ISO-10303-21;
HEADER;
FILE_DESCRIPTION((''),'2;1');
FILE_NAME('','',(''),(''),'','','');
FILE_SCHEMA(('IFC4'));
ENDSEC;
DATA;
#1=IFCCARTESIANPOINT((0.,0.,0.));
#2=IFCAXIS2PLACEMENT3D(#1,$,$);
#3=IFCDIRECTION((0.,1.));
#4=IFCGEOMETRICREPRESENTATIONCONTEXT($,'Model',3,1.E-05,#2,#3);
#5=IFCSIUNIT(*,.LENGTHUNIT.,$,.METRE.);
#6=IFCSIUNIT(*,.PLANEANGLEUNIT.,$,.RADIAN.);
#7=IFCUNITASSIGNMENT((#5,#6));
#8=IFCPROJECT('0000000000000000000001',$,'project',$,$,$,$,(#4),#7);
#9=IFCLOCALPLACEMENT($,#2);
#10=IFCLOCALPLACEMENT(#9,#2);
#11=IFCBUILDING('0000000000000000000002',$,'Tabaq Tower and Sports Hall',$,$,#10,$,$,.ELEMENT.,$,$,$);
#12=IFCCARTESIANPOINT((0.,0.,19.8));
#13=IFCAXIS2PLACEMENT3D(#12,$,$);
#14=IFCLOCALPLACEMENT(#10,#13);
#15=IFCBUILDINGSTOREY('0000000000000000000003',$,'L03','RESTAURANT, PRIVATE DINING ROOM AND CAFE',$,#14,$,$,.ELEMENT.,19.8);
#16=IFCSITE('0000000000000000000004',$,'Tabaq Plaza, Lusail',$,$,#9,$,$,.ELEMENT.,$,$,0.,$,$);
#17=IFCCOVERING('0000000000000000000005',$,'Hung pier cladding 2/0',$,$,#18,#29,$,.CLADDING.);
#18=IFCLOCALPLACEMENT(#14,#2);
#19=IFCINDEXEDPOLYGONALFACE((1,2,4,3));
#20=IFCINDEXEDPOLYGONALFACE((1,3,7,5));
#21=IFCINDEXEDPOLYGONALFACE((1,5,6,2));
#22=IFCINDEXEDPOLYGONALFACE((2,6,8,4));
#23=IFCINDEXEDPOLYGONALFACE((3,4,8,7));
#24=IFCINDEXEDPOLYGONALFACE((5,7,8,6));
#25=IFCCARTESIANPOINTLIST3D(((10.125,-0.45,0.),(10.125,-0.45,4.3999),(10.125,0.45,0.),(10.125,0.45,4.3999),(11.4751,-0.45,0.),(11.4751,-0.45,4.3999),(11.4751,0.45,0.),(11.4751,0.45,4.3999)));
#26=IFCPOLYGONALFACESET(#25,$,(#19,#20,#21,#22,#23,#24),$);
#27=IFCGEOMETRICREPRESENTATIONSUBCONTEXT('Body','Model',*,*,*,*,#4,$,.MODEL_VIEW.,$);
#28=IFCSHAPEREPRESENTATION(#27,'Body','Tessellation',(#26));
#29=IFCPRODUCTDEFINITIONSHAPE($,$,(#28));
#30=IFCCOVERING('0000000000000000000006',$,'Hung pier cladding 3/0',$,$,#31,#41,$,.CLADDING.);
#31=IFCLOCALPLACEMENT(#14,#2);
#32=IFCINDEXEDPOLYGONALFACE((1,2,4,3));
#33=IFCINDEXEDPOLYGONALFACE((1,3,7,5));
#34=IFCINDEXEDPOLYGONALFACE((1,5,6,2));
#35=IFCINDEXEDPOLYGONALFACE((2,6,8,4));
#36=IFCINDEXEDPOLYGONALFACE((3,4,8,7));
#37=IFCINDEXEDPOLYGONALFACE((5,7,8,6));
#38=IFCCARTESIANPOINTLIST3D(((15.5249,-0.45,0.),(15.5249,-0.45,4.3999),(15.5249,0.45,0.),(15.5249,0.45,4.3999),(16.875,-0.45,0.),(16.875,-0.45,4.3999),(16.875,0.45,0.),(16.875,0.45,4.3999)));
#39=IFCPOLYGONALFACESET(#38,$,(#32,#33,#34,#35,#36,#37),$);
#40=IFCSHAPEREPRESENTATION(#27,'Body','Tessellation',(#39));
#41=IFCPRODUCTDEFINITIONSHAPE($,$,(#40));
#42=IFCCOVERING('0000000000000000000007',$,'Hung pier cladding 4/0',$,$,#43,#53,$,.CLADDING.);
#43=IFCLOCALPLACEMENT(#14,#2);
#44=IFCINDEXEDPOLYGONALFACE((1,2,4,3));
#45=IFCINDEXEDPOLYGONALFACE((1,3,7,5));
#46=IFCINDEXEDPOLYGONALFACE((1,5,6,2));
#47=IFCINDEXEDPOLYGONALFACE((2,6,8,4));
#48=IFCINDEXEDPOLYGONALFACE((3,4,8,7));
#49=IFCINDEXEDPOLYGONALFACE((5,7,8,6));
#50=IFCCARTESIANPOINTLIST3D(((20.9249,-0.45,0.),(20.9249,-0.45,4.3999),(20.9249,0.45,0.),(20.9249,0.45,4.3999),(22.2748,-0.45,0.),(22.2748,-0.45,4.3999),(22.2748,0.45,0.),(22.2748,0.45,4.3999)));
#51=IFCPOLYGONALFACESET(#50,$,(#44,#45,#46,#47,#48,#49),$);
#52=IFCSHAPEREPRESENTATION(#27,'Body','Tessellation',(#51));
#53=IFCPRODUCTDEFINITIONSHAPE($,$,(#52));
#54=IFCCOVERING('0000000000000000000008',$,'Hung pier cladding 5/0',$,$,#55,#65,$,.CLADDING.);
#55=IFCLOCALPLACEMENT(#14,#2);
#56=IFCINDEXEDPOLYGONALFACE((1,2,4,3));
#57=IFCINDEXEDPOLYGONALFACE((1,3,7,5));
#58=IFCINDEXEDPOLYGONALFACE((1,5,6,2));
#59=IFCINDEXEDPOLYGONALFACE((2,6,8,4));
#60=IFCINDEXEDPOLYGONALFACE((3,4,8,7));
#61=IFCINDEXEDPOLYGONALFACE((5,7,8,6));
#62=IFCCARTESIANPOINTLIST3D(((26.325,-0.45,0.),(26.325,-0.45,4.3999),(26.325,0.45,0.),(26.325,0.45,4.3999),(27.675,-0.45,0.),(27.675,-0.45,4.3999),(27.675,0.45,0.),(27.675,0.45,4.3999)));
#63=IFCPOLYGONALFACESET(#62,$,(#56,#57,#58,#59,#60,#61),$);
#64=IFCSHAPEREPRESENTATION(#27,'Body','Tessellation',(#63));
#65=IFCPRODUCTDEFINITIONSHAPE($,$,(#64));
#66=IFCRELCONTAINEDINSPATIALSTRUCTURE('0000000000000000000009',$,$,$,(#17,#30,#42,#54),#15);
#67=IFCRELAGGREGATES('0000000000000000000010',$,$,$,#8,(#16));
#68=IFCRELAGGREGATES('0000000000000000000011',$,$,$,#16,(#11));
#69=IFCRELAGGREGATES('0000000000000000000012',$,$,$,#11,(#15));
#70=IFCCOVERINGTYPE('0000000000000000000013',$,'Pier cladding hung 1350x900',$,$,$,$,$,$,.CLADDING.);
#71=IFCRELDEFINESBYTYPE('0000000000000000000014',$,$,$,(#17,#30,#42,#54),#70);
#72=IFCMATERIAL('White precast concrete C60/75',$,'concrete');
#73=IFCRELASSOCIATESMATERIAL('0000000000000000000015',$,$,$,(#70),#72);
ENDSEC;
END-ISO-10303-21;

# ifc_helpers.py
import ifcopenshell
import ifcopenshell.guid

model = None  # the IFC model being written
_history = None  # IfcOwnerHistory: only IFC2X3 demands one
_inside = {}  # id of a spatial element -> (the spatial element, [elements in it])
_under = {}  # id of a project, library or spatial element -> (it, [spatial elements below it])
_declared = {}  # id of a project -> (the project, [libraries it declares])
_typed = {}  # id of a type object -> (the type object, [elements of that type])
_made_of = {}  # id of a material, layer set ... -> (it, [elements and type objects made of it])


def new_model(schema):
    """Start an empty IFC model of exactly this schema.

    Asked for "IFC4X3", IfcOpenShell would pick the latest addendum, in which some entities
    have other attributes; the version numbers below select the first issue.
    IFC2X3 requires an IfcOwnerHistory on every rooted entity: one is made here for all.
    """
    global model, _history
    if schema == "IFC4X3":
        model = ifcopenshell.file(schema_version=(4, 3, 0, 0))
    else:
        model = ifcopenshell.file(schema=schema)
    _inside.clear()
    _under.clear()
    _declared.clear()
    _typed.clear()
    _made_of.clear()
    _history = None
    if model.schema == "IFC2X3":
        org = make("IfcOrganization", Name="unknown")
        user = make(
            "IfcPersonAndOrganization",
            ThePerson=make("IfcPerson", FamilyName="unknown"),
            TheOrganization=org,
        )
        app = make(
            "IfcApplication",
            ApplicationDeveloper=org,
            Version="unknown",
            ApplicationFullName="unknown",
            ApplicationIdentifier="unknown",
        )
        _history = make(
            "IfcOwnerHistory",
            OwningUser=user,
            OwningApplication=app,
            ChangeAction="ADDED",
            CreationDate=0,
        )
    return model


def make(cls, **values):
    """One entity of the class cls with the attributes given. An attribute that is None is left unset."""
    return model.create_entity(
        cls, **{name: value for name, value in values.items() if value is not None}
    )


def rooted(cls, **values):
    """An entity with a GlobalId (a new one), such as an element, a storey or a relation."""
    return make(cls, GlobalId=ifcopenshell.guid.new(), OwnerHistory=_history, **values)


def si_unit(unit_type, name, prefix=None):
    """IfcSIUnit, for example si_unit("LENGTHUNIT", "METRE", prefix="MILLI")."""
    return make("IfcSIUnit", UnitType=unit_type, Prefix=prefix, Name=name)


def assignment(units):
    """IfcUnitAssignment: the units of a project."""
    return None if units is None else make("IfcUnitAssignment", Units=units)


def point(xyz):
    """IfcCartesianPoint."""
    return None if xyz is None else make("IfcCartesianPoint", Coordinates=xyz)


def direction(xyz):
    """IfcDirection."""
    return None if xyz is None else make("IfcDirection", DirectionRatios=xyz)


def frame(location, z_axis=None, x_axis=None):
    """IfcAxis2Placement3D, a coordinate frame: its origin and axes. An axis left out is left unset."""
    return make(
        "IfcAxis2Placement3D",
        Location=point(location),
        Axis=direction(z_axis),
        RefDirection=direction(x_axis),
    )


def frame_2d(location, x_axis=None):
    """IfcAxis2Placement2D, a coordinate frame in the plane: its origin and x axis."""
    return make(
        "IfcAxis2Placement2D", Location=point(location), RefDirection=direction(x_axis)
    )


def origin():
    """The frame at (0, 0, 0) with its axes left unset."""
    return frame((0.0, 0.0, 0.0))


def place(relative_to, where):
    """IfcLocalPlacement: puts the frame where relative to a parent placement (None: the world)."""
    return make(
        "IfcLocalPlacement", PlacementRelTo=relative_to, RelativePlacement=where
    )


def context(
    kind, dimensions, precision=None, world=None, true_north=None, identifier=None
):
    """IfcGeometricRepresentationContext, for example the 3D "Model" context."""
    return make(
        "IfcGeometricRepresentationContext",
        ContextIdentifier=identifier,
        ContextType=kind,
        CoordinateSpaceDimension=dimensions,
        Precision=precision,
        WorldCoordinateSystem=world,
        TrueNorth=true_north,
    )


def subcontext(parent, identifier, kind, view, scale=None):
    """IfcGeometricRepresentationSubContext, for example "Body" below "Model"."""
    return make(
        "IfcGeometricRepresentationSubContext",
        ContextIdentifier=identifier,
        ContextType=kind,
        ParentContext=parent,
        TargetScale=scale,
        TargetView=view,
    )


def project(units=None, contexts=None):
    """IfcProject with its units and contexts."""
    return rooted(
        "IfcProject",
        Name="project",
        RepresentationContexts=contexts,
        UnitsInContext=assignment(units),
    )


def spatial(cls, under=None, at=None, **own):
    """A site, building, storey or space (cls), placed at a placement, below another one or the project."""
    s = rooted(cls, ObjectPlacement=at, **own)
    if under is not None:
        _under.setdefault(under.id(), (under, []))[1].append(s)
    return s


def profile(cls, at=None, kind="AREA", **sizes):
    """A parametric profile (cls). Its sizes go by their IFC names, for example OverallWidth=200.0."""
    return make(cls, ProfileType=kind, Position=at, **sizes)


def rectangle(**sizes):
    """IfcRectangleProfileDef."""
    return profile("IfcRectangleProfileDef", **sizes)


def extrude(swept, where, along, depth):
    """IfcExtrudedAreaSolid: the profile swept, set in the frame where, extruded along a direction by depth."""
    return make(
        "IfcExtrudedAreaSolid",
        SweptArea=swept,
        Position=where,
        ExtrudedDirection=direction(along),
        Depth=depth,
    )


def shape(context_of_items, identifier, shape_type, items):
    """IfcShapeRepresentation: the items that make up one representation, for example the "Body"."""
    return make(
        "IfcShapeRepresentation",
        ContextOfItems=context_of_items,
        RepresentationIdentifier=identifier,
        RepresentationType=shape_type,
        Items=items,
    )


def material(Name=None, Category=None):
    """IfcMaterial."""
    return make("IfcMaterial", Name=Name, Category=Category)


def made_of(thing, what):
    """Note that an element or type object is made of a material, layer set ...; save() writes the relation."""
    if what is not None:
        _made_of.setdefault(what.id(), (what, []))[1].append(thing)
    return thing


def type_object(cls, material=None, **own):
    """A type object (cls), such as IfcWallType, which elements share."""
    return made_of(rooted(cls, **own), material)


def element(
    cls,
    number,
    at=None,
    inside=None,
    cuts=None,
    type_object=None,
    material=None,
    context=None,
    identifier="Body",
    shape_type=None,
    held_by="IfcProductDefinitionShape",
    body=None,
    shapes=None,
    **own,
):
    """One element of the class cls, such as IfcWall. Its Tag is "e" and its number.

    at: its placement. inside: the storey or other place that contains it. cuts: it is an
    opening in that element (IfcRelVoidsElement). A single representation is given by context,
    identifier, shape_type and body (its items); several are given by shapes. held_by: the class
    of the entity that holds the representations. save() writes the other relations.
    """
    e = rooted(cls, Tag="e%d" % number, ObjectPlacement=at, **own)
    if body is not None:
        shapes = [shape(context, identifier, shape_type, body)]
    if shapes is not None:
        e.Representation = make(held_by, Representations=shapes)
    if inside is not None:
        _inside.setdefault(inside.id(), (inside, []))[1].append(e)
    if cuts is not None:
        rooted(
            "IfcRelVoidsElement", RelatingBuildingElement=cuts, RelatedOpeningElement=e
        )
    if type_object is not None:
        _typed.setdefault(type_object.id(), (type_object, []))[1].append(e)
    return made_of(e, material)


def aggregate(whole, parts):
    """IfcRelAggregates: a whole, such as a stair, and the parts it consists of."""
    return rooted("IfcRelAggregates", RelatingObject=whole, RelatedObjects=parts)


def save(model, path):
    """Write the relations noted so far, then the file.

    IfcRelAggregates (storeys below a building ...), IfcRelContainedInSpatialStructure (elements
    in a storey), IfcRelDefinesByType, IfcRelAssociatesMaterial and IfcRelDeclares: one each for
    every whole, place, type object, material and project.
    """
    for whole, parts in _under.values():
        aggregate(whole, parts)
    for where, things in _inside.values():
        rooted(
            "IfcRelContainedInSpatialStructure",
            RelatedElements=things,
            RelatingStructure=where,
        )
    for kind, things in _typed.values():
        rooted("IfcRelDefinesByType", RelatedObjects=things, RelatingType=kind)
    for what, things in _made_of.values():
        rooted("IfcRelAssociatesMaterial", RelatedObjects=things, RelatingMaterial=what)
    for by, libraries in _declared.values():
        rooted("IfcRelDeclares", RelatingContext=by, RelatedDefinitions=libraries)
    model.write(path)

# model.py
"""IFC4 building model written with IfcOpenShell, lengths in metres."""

from ifc_helpers import new_model, si_unit, direction, frame, frame_2d, origin, place, context, subcontext, project, spatial, rectangle, extrude, material, type_object, element, save


model = new_model("IFC4")

# Units and contexts
model_context = context("Model", 3, precision=1e-05, world=origin(), true_north=direction((0.0, 1.0)))
body_context = subcontext(model_context, "Body", "Model", "MODEL_VIEW")
ifc_project = project(units=[si_unit("LENGTHUNIT", "METRE"), si_unit("PLANEANGLEUNIT", "RADIAN")], contexts=[model_context])

# Site, building, storey
site_placement = place(None, origin())
site = spatial("IfcSite", under=ifc_project, at=site_placement, Name="Tabaq Plaza, Lusail", CompositionType="ELEMENT", RefElevation=0.0)
building_placement = place(site_placement, origin())
building = spatial("IfcBuilding", under=site, at=building_placement, Name="Tabaq Tower and Sports Hall", CompositionType="ELEMENT")
storey_placement = place(building_placement, frame((0.0, 0.0, 19.8)))
storey = spatial("IfcBuildingStorey", under=building, at=storey_placement, Name="L03", Description="RESTAURANT, PRIVATE DINING ROOM AND CAFE", CompositionType="ELEMENT", Elevation=19.8)

# Coverings
ifc_material_1 = material(Name="White precast concrete C60/75", Category="concrete")
covering_type = type_object("IfcCoveringType", Name="Pier cladding hung 1350x900", PredefinedType="CLADDING", material=ifc_material_1)
for number, where, z_axis, x_axis, name in (
    (1, (10.125, 0.0, 0.0), (0.0, 0.0, 1.0), (1.0, 0.0, 0.0), "Hung pier cladding 2/0"),
    (2, (15.5249, 0.0, 0.0), (0.0, 0.0, 1.0), (1.0, 0.0, 0.0), "Hung pier cladding 3/0"),
):
    element("IfcCovering", number, at=place(storey_placement, frame(where, z_axis=z_axis, x_axis=x_axis)), inside=storey, type_object=covering_type, Name=name, PredefinedType="CLADDING", context=body_context, shape_type="SweptSolid", body=[
        extrude(rectangle(XDim=1.3501, YDim=0.8999, at=frame_2d((0.675, 0.0))), origin(), (0.0, 0.0, 1.0), 4.3999),
    ])
covering_1_placement = place(storey_placement, frame((20.925, 0.0, 0.0), z_axis=(0.0, 0.0, 1.0), x_axis=(1.0, 0.0, 0.0)))
element("IfcCovering", 3, at=covering_1_placement, inside=storey, type_object=covering_type, Name="Hung pier cladding 4/0", PredefinedType="CLADDING", context=body_context, shape_type="SweptSolid", body=[
    extrude(rectangle(XDim=1.3499, YDim=0.8999, at=frame_2d((0.6748, 0.0))), origin(), (0.0, 0.0, 1.0), 4.3999),
])
covering_2_placement = place(storey_placement, frame((26.325, 0.0, 0.0), z_axis=(0.0, 0.0, 1.0), x_axis=(1.0, 0.0, 0.0)))
element("IfcCovering", 4, at=covering_2_placement, inside=storey, type_object=covering_type, Name="Hung pier cladding 5/0", PredefinedType="CLADDING", context=body_context, shape_type="SweptSolid", body=[
    extrude(rectangle(XDim=1.3501, YDim=0.8999, at=frame_2d((0.675, 0.0))), origin(), (0.0, 0.0, 1.0), 4.3999),
])

save(model, "model.ifc")
